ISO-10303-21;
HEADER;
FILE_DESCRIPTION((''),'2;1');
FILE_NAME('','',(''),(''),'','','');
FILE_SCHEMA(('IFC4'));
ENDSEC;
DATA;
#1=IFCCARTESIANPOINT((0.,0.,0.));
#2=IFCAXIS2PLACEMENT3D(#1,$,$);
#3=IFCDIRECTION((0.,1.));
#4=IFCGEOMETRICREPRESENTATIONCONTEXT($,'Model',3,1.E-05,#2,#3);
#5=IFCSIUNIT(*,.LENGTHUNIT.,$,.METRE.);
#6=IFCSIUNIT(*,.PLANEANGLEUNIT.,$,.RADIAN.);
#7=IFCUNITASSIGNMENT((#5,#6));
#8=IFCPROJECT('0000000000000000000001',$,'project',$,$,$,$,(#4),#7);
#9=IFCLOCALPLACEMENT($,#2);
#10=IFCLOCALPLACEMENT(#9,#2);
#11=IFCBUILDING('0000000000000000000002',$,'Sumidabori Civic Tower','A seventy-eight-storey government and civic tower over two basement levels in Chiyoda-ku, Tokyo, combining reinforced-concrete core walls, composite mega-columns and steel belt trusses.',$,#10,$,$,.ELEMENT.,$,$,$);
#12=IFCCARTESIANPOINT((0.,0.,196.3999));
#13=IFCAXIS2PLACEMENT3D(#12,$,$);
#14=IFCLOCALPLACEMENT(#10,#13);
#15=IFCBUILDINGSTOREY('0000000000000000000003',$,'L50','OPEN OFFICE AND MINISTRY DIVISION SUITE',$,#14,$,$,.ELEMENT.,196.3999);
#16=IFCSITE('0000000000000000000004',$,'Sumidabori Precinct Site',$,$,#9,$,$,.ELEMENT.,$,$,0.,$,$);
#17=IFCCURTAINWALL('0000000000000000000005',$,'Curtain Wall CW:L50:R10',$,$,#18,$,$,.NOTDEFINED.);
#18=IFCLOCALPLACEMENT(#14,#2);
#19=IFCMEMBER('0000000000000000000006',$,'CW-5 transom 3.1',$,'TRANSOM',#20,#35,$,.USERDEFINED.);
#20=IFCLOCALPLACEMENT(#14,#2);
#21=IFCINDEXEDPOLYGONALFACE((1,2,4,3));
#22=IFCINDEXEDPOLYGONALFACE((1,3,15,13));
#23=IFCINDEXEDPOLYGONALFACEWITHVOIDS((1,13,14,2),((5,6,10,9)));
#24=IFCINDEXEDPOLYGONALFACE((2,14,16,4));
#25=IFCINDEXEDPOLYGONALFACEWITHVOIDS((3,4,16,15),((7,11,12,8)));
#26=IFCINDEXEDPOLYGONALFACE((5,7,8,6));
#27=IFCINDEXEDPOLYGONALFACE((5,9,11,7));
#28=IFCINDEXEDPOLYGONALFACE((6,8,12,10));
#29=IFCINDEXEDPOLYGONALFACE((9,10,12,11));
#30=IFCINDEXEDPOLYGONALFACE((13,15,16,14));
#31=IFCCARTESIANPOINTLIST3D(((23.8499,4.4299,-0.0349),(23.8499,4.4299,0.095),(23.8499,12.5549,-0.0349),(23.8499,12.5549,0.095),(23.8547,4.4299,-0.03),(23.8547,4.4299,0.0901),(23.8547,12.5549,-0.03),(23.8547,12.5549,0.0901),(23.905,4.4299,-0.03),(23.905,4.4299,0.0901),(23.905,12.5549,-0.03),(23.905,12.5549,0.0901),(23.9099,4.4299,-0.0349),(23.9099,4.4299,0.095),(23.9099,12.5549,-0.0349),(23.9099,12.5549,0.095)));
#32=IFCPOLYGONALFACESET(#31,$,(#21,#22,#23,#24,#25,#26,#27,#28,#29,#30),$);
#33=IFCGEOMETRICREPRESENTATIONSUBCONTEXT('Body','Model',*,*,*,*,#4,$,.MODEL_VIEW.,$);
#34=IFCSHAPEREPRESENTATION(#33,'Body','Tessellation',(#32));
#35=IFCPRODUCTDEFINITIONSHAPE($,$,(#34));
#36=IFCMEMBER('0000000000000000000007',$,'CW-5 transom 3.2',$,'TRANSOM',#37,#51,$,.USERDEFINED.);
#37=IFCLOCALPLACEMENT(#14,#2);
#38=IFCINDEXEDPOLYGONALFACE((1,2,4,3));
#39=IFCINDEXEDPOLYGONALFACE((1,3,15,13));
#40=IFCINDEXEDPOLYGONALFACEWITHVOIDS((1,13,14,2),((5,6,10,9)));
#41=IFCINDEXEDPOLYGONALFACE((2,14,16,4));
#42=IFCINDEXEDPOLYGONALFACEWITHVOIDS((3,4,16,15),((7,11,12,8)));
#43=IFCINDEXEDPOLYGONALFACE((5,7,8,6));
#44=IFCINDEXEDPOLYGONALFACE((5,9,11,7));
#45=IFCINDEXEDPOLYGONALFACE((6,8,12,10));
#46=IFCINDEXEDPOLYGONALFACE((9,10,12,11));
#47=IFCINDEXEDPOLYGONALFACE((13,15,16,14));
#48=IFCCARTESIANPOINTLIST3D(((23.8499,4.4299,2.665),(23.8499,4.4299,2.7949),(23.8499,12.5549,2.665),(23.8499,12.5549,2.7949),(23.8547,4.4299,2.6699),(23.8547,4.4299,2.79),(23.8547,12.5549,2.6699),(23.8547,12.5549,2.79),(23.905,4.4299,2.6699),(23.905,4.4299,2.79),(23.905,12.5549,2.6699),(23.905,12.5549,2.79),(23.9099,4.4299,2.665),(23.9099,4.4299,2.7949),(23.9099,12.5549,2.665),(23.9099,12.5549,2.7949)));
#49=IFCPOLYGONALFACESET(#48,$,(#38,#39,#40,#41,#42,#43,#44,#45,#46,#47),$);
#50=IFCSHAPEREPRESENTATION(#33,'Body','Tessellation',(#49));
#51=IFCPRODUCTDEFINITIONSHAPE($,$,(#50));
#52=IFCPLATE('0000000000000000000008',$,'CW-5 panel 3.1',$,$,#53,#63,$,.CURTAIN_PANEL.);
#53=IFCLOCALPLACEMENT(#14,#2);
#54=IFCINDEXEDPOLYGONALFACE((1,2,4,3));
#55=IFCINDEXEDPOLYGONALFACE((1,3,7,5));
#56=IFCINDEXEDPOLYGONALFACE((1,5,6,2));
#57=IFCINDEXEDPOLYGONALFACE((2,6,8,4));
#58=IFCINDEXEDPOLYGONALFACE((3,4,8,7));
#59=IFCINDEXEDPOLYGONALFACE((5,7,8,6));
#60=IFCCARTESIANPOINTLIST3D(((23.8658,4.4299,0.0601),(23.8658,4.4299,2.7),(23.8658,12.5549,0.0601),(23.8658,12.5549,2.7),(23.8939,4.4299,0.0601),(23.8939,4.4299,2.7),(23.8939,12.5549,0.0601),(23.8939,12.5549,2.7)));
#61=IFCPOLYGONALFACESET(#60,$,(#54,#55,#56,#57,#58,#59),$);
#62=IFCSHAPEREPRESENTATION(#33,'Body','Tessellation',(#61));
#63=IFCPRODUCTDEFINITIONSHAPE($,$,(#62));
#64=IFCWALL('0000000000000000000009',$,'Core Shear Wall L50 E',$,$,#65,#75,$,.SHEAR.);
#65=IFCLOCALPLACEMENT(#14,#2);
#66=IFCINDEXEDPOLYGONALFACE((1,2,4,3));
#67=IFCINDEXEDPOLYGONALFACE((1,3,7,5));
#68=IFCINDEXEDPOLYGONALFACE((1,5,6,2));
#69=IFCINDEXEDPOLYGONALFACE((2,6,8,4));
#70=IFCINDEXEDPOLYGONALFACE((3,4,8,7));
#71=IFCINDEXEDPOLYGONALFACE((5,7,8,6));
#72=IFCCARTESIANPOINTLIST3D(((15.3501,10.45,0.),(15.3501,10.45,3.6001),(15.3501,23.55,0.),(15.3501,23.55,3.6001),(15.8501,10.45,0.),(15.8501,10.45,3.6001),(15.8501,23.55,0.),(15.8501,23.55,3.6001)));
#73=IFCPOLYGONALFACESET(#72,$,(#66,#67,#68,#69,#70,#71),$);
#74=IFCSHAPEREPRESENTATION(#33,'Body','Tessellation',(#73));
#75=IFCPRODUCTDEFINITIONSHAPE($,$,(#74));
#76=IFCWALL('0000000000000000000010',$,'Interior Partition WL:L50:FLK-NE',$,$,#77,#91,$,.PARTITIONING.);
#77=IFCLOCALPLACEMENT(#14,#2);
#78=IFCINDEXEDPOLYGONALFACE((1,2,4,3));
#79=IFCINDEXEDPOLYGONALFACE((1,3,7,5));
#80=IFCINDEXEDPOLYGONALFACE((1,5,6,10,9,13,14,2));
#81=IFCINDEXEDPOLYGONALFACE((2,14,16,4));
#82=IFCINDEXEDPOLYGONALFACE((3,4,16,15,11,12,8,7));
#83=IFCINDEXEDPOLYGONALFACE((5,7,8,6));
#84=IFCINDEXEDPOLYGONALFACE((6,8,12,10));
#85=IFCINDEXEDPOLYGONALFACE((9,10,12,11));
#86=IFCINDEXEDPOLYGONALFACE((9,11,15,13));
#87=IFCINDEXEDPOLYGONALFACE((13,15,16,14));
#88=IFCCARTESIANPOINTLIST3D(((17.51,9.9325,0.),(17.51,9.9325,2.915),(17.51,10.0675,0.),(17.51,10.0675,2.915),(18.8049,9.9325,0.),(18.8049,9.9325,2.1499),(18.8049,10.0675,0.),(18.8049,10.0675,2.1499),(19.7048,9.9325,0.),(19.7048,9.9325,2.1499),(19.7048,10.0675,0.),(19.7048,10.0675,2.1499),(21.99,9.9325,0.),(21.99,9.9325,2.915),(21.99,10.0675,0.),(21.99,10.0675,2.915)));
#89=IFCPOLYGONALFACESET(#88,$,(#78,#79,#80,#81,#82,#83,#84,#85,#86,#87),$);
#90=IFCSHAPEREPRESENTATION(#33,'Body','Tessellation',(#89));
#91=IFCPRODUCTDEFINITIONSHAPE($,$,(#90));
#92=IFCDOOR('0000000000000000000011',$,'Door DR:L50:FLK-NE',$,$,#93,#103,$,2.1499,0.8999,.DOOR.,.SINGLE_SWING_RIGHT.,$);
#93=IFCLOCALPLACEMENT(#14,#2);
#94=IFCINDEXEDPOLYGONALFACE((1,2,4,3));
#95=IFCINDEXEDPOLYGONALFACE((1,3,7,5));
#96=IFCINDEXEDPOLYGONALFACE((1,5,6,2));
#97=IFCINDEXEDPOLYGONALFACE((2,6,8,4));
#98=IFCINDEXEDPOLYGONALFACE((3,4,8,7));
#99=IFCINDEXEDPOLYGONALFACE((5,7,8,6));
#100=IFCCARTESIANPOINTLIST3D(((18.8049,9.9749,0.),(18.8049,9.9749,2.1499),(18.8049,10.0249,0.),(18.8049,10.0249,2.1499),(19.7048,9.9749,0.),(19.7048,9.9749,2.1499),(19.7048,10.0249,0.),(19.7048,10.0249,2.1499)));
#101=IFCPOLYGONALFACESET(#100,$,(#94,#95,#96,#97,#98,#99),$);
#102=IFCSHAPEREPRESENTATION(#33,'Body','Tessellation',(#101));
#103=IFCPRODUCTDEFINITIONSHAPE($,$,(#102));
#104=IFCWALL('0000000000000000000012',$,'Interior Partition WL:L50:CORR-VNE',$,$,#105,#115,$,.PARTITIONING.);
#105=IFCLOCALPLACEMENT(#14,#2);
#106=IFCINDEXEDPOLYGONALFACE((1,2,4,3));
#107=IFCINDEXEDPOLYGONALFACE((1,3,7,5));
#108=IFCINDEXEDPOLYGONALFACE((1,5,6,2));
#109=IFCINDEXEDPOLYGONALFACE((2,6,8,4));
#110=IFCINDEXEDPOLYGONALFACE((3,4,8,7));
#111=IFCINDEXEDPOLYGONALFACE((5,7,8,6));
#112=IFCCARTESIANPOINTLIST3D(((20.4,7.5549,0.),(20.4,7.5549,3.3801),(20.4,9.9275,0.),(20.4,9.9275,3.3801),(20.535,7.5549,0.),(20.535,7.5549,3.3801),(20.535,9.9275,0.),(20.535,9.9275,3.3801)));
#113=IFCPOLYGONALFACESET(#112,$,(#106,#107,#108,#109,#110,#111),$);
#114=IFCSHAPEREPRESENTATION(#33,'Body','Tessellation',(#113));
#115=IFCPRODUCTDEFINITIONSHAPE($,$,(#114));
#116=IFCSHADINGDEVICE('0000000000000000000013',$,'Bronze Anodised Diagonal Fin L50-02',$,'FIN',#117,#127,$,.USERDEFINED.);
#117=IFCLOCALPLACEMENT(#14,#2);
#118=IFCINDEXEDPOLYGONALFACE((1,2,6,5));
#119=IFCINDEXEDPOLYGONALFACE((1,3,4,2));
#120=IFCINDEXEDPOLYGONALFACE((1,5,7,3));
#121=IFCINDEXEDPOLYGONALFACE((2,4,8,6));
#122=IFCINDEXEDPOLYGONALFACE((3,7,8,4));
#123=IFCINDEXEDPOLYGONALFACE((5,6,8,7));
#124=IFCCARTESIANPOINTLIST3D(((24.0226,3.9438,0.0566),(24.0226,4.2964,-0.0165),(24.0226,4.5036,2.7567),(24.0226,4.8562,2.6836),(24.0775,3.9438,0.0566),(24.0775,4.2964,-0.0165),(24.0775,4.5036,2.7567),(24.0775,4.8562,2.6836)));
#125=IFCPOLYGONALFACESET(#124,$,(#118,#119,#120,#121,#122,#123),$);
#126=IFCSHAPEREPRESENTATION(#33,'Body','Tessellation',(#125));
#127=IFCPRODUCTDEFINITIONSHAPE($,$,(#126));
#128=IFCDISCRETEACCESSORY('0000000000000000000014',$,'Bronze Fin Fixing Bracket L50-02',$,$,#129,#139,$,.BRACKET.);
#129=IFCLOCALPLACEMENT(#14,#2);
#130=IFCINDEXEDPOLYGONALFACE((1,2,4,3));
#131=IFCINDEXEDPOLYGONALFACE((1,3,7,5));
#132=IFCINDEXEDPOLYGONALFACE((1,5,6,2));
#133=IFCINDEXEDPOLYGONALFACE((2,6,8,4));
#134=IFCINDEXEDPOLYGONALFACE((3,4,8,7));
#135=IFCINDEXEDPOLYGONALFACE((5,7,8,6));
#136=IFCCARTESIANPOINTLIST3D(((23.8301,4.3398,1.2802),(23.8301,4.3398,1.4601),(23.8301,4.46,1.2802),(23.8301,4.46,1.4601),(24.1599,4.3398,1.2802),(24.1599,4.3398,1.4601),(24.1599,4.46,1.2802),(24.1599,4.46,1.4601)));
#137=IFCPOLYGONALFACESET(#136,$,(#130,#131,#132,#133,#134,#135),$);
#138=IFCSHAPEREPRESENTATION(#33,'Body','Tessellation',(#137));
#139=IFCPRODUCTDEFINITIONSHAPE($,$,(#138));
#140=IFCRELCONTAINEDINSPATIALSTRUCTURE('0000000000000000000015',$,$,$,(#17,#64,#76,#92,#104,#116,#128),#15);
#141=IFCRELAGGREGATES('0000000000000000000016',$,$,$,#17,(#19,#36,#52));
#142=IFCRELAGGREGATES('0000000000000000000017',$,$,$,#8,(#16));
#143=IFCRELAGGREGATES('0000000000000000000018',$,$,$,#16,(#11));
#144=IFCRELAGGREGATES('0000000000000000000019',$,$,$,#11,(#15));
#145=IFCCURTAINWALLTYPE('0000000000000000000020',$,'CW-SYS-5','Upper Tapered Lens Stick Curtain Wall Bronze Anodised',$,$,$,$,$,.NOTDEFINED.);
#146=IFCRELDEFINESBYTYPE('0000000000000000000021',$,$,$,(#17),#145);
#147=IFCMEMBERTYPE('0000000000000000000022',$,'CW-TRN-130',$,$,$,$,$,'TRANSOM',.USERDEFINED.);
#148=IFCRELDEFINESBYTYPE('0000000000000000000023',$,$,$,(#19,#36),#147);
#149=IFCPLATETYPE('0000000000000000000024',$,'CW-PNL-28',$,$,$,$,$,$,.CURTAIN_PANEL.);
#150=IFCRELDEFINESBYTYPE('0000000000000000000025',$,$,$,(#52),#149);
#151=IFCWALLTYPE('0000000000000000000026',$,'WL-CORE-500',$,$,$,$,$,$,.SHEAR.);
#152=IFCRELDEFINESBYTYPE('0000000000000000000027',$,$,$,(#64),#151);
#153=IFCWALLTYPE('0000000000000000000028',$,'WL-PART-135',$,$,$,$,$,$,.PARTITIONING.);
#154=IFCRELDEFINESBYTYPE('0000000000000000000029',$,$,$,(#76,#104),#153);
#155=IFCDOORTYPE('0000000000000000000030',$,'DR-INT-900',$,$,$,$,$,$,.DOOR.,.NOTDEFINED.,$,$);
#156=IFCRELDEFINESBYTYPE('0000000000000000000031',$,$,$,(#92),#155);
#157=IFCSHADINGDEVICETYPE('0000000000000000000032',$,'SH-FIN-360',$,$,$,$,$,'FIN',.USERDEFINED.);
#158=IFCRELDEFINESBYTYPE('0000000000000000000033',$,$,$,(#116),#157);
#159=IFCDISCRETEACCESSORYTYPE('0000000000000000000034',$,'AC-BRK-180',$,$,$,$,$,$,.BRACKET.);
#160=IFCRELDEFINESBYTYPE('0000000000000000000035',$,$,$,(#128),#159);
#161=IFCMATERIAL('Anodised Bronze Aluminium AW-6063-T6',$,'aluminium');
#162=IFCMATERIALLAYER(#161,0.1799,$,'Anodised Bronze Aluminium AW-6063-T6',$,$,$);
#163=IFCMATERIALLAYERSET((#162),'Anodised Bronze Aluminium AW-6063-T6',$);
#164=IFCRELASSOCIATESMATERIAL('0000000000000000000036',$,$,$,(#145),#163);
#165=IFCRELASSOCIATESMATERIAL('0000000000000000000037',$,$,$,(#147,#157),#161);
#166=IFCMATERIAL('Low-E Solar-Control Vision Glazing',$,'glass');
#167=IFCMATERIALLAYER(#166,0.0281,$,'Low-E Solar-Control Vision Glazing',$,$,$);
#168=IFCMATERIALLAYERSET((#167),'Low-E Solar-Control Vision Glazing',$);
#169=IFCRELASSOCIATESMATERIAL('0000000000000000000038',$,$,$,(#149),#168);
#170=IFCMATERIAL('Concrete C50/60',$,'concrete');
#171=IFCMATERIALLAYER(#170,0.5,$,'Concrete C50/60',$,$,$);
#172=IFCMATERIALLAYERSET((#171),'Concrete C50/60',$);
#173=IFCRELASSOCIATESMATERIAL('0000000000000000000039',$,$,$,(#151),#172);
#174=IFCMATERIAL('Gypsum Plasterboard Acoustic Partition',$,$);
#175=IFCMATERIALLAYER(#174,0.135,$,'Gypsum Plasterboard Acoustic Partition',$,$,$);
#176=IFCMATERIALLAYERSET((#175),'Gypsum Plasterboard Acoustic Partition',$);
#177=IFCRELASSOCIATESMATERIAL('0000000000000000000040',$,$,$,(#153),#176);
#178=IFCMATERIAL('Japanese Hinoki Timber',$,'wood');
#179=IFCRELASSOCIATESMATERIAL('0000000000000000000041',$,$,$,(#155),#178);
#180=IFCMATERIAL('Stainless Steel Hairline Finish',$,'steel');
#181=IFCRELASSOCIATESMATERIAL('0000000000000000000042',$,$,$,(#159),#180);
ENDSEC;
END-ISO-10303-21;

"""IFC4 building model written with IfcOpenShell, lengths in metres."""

from ifc_helpers import new_model, si_unit, direction, frame, frame_2d, origin, origin_2d, place, context, subcontext, project, spatial, rectangle, hollow_rectangle, extrude, source, transform, mapped, material, layer, layer_set, material_profile, profile_set, type_object, element, fill, aggregate, save


model = new_model("IFC4")

# Units and contexts
model_context = context("Model", 3, precision=1e-05, world=origin(), true_north=direction((0.0, 1.0)))
body_context = subcontext(model_context, "Body", "Model", "MODEL_VIEW")
ifc_project = project(units=[si_unit("LENGTHUNIT", "METRE"), si_unit("PLANEANGLEUNIT", "RADIAN")], contexts=[model_context])

# Site, building, storey
site_placement = place(None, origin())
site = spatial("IfcSite", under=ifc_project, at=site_placement, Name="Sumidabori Precinct Site", CompositionType="ELEMENT", RefElevation=0.0)
building_placement = place(site_placement, origin())
building = spatial("IfcBuilding", under=site, at=building_placement, Name="Sumidabori Civic Tower", Description="A seventy-eight-storey government and civic tower over two basement levels in Chiyoda-ku, Tokyo, combining reinforced-concrete core walls, composite mega-columns and steel belt trusses.", CompositionType="ELEMENT")
storey_placement = place(building_placement, frame((0.0, 0.0, 196.3999)))
storey = spatial("IfcBuildingStorey", under=building, at=storey_placement, Name="L50", Description="OPEN OFFICE AND MINISTRY DIVISION SUITE", CompositionType="ELEMENT", Elevation=196.3999)

# Curtain wall, members, plate
ifc_material_1 = material(Name="Anodised Bronze Aluminium AW-6063-T6", Category="aluminium")
ifc_layer_1 = layer(ifc_material_1, 0.1799, Name="Anodised Bronze Aluminium AW-6063-T6")
ifc_layer_set_1 = layer_set([ifc_layer_1], Name="Anodised Bronze Aluminium AW-6063-T6")
curtain_wall_type = type_object("IfcCurtainWallType", Name="CW-SYS-5", Description="Upper Tapered Lens Stick Curtain Wall Bronze Anodised", PredefinedType="NOTDEFINED", material=ifc_layer_set_1)
curtain_wall_placement = place(storey_placement, origin())
curtain_wall = element("IfcCurtainWall", 1, at=curtain_wall_placement, inside=storey, type_object=curtain_wall_type, Name="Curtain Wall CW:L50:R10", PredefinedType="NOTDEFINED")
ifc_material_profile_1 = material_profile(ifc_material_1, hollow_rectangle(XDim=0.0601, YDim=0.1299, WallThickness=0.0049, at=origin_2d()), Name="ALU TRANSOM 130x60")
ifc_profile_set_1 = profile_set([ifc_material_profile_1], Name="Anodised Bronze Aluminium AW-6063-T6")
member_type_1 = type_object("IfcMemberType", Name="CW-TRN-130", ElementType="TRANSOM", PredefinedType="USERDEFINED", material=ifc_profile_set_1)
shared_shape_1 = source(origin(), body_context, "Body", "SweptSolid", [
    extrude(hollow_rectangle(XDim=0.0601, YDim=0.1299, WallThickness=0.0049, at=origin_2d()), origin(), (0.0, 0.0, 1.0), 8.125),
])
member_1_placement = place(storey_placement, frame((23.8799, 4.4299, 0.03), z_axis=(0.0, 1.0, 0.0), x_axis=(-1.0, 0.0, 0.0)))
member_1 = element("IfcMember", 2, at=member_1_placement, type_object=member_type_1, Name="CW-5 transom 3.1", ObjectType="TRANSOM", PredefinedType="USERDEFINED", context=body_context, shape_type="MappedRepresentation", body=[
    mapped(shared_shape_1, transform((0.0, 0.0, 0.0), x_axis=(1.0, 0.0, 0.0), y_axis=(0.0, 1.0, 0.0), z_axis=(0.0, 0.0, 1.0), scale=1.0)),
])
member_2_placement = place(storey_placement, frame((23.8799, 4.4299, 2.73), z_axis=(0.0, 1.0, 0.0), x_axis=(-1.0, 0.0, 0.0)))
member_2 = element("IfcMember", 3, at=member_2_placement, type_object=member_type_1, Name="CW-5 transom 3.2", ObjectType="TRANSOM", PredefinedType="USERDEFINED", context=body_context, shape_type="MappedRepresentation", body=[
    mapped(shared_shape_1, transform((0.0, 0.0, 0.0), x_axis=(1.0, 0.0, 0.0), y_axis=(0.0, 1.0, 0.0), z_axis=(0.0, 0.0, 1.0), scale=1.0)),
])
ifc_material_2 = material(Name="Low-E Solar-Control Vision Glazing", Category="glass")
ifc_layer_2 = layer(ifc_material_2, 0.0281, Name="Low-E Solar-Control Vision Glazing")
ifc_layer_set_2 = layer_set([ifc_layer_2], Name="Low-E Solar-Control Vision Glazing")
plate_type = type_object("IfcPlateType", Name="CW-PNL-28", PredefinedType="CURTAIN_PANEL", material=ifc_layer_set_2)
shared_shape_2 = source(origin(), body_context, "Body", "SweptSolid", [
    extrude(rectangle(XDim=8.125, YDim=0.0281, at=origin_2d()), origin(), (0.0, 0.0, 1.0), 2.6399),
])
plate_placement = place(storey_placement, frame((23.8799, 8.4924, 0.0601), z_axis=(0.0, 0.0, 1.0), x_axis=(0.0, 1.0, 0.0)))
plate = element("IfcPlate", 4, at=plate_placement, type_object=plate_type, Name="CW-5 panel 3.1", PredefinedType="CURTAIN_PANEL", context=body_context, shape_type="MappedRepresentation", body=[
    mapped(shared_shape_2, transform((0.0, 0.0, 0.0), x_axis=(1.0, 0.0, 0.0), y_axis=(0.0, 1.0, 0.0), z_axis=(0.0, 0.0, 1.0), scale=1.0)),
])
aggregate(curtain_wall, [member_1, member_2, plate])

# Wall
ifc_material_3 = material(Name="Concrete C50/60", Category="concrete")
ifc_layer_3 = layer(ifc_material_3, 0.5, Name="Concrete C50/60")
ifc_layer_set_3 = layer_set([ifc_layer_3], Name="Concrete C50/60")
wall_type_1 = type_object("IfcWallType", Name="WL-CORE-500", PredefinedType="SHEAR", material=ifc_layer_set_3)
shared_shape_3 = source(origin(), body_context, "Body", "SweptSolid", [
    extrude(rectangle(XDim=13.1001, YDim=0.5, at=frame_2d((6.55, 0.0))), origin(), (0.0, 0.0, 1.0), 3.6001),
])
wall_1_placement = place(storey_placement, frame((15.6001, 10.45, 0.0), z_axis=(0.0, 0.0, 1.0), x_axis=(0.0, 1.0, 0.0)))
element("IfcWall", 5, at=wall_1_placement, inside=storey, type_object=wall_type_1, Name="Core Shear Wall L50 E", PredefinedType="SHEAR", context=body_context, shape_type="MappedRepresentation", body=[
    mapped(shared_shape_3, transform((0.0, 0.0, 0.0), x_axis=(1.0, 0.0, 0.0), y_axis=(0.0, 1.0, 0.0), z_axis=(0.0, 0.0, 1.0), scale=1.0)),
])

# Wall, opening, door
ifc_material_4 = material(Name="Gypsum Plasterboard Acoustic Partition")
ifc_layer_4 = layer(ifc_material_4, 0.135, Name="Gypsum Plasterboard Acoustic Partition")
ifc_layer_set_4 = layer_set([ifc_layer_4], Name="Gypsum Plasterboard Acoustic Partition")
wall_type_2 = type_object("IfcWallType", Name="WL-PART-135", PredefinedType="PARTITIONING", material=ifc_layer_set_4)
shared_shape_4 = source(origin(), body_context, "Body", "SweptSolid", [
    extrude(rectangle(XDim=4.48, YDim=0.135, at=frame_2d((2.24, 0.0))), origin(), (0.0, 0.0, 1.0), 2.915),
])
wall_2_placement = place(storey_placement, frame((17.51, 10.0, 0.0), z_axis=(0.0, 0.0, 1.0), x_axis=(1.0, 0.0, 0.0)))
wall_2 = element("IfcWall", 6, at=wall_2_placement, inside=storey, type_object=wall_type_2, Name="Interior Partition WL:L50:FLK-NE", PredefinedType="PARTITIONING", context=body_context, shape_type="MappedRepresentation", body=[
    mapped(shared_shape_4, transform((0.0, 0.0, 0.0), x_axis=(1.0, 0.0, 0.0), y_axis=(0.0, 1.0, 0.0), z_axis=(0.0, 0.0, 1.0), scale=1.0)),
])
opening_1_placement = place(wall_2_placement, frame((1.2949, 0.0, 0.0)))
opening_1 = element("IfcOpeningElement", 7, at=opening_1_placement, cuts=wall_2, PredefinedType="OPENING", context=body_context, shape_type="SweptSolid", body=[
    extrude(rectangle(XDim=0.8999, YDim=2.1499, at=frame_2d((0.45, 1.075))), frame((0.0, 0.0796, 0.0), z_axis=(0.0, -1.0, 0.0), x_axis=(1.0, 0.0, 0.0)), (0.0, 0.0, 1.0), 0.1589),
])
ifc_material_5 = material(Name="Japanese Hinoki Timber", Category="wood")
door_type = type_object("IfcDoorType", Name="DR-INT-900", OperationType="NOTDEFINED", PredefinedType="DOOR", material=ifc_material_5)
shared_shape_5 = source(origin(), body_context, "Body", "SweptSolid", [
    extrude(rectangle(XDim=0.8999, YDim=2.1499, at=frame_2d((0.45, 1.075))), frame((0.0, 0.0249, 0.0), z_axis=(0.0, -1.0, 0.0), x_axis=(1.0, 0.0, 0.0)), (0.0, 0.0, 1.0), 0.05),
])
door_1_placement = place(opening_1_placement, origin())
door_1 = element("IfcDoor", 8, at=door_1_placement, inside=storey, type_object=door_type, Name="Door DR:L50:FLK-NE", OperationType="SINGLE_SWING_RIGHT", OverallHeight=2.1499, OverallWidth=0.8999, PredefinedType="DOOR", context=body_context, shape_type="MappedRepresentation", body=[
    mapped(shared_shape_5, transform((0.0, 0.0, 0.0), x_axis=(1.0, 0.0, 0.0), y_axis=(0.0, 1.0, 0.0), z_axis=(0.0, 0.0, 1.0), scale=1.0)),
])
fill(opening_1, door_1)

# Wall
shared_shape_6 = source(origin(), body_context, "Body", "SweptSolid", [
    extrude(rectangle(XDim=2.3726, YDim=0.135, at=frame_2d((1.1863, 0.0))), origin(), (0.0, 0.0, 1.0), 3.3801),
])
wall_3_placement = place(storey_placement, frame((20.4675, 7.5549, 0.0), z_axis=(0.0, 0.0, 1.0), x_axis=(0.0, 1.0, 0.0)))
element("IfcWall", 9, at=wall_3_placement, inside=storey, type_object=wall_type_2, Name="Interior Partition WL:L50:CORR-VNE", PredefinedType="PARTITIONING", context=body_context, shape_type="MappedRepresentation", body=[
    mapped(shared_shape_6, transform((0.0, 0.0, 0.0), x_axis=(1.0, 0.0, 0.0), y_axis=(0.0, 1.0, 0.0), z_axis=(0.0, 0.0, 1.0), scale=1.0)),
])

# Shading device
ifc_material_profile_2 = material_profile(ifc_material_1, rectangle(XDim=0.0549, YDim=0.3601, at=origin_2d()), Name="BRONZE FIN 360x55")
ifc_profile_set_2 = profile_set([ifc_material_profile_2], Name="Anodised Bronze Aluminium AW-6063-T6")
shading_device_type = type_object("IfcShadingDeviceType", Name="SH-FIN-360", ElementType="FIN", PredefinedType="USERDEFINED", material=ifc_profile_set_2)
shared_shape_7 = source(origin(), body_context, "Body", "SweptSolid", [
    extrude(rectangle(XDim=0.0549, YDim=0.3601, at=origin_2d()), origin(), (0.0, 0.0, 1.0), 2.7576),
])
shading_device_placement = place(storey_placement, frame((24.05, 4.1201, 0.02), z_axis=(0.0, 0.203007, 0.979177), x_axis=(-1.0, 0.0, 0.0)))
element("IfcShadingDevice", 10, at=shading_device_placement, inside=storey, type_object=shading_device_type, Name="Bronze Anodised Diagonal Fin L50-02", ObjectType="FIN", PredefinedType="USERDEFINED", context=body_context, shape_type="MappedRepresentation", body=[
    mapped(shared_shape_7, transform((0.0, 0.0, 0.0), x_axis=(1.0, 0.0, 0.0), y_axis=(0.0, 1.0, 0.0), z_axis=(0.0, 0.0, 1.0), scale=1.0)),
])

# Discrete accessory
ifc_material_6 = material(Name="Stainless Steel Hairline Finish", Category="steel")
ifc_material_profile_3 = material_profile(ifc_material_6, rectangle(XDim=0.1201, YDim=0.1799, at=origin_2d()), Name="STEEL BRACKET 180x120")
ifc_profile_set_3 = profile_set([ifc_material_profile_3], Name="Stainless Steel Hairline Finish")
discrete_accessory_type = type_object("IfcDiscreteAccessoryType", Name="AC-BRK-180", PredefinedType="BRACKET", material=ifc_profile_set_3)
shared_shape_8 = source(origin(), body_context, "Body", "SweptSolid", [
    extrude(rectangle(XDim=0.1201, YDim=0.1799, at=origin_2d()), origin(), (0.0, 0.0, 1.0), 0.3298),
])
discrete_accessory_placement = place(storey_placement, frame((23.8301, 4.3999, 1.3701), z_axis=(1.0, 0.0, 0.0), x_axis=(0.0, 1.0, 0.0)))
element("IfcDiscreteAccessory", 11, at=discrete_accessory_placement, inside=storey, type_object=discrete_accessory_type, Name="Bronze Fin Fixing Bracket L50-02", PredefinedType="BRACKET", context=body_context, shape_type="MappedRepresentation", body=[
    mapped(shared_shape_8, transform((0.0, 0.0, 0.0), x_axis=(1.0, 0.0, 0.0), y_axis=(0.0, 1.0, 0.0), z_axis=(0.0, 0.0, 1.0), scale=1.0)),
])

save(model, "model.ifc")
